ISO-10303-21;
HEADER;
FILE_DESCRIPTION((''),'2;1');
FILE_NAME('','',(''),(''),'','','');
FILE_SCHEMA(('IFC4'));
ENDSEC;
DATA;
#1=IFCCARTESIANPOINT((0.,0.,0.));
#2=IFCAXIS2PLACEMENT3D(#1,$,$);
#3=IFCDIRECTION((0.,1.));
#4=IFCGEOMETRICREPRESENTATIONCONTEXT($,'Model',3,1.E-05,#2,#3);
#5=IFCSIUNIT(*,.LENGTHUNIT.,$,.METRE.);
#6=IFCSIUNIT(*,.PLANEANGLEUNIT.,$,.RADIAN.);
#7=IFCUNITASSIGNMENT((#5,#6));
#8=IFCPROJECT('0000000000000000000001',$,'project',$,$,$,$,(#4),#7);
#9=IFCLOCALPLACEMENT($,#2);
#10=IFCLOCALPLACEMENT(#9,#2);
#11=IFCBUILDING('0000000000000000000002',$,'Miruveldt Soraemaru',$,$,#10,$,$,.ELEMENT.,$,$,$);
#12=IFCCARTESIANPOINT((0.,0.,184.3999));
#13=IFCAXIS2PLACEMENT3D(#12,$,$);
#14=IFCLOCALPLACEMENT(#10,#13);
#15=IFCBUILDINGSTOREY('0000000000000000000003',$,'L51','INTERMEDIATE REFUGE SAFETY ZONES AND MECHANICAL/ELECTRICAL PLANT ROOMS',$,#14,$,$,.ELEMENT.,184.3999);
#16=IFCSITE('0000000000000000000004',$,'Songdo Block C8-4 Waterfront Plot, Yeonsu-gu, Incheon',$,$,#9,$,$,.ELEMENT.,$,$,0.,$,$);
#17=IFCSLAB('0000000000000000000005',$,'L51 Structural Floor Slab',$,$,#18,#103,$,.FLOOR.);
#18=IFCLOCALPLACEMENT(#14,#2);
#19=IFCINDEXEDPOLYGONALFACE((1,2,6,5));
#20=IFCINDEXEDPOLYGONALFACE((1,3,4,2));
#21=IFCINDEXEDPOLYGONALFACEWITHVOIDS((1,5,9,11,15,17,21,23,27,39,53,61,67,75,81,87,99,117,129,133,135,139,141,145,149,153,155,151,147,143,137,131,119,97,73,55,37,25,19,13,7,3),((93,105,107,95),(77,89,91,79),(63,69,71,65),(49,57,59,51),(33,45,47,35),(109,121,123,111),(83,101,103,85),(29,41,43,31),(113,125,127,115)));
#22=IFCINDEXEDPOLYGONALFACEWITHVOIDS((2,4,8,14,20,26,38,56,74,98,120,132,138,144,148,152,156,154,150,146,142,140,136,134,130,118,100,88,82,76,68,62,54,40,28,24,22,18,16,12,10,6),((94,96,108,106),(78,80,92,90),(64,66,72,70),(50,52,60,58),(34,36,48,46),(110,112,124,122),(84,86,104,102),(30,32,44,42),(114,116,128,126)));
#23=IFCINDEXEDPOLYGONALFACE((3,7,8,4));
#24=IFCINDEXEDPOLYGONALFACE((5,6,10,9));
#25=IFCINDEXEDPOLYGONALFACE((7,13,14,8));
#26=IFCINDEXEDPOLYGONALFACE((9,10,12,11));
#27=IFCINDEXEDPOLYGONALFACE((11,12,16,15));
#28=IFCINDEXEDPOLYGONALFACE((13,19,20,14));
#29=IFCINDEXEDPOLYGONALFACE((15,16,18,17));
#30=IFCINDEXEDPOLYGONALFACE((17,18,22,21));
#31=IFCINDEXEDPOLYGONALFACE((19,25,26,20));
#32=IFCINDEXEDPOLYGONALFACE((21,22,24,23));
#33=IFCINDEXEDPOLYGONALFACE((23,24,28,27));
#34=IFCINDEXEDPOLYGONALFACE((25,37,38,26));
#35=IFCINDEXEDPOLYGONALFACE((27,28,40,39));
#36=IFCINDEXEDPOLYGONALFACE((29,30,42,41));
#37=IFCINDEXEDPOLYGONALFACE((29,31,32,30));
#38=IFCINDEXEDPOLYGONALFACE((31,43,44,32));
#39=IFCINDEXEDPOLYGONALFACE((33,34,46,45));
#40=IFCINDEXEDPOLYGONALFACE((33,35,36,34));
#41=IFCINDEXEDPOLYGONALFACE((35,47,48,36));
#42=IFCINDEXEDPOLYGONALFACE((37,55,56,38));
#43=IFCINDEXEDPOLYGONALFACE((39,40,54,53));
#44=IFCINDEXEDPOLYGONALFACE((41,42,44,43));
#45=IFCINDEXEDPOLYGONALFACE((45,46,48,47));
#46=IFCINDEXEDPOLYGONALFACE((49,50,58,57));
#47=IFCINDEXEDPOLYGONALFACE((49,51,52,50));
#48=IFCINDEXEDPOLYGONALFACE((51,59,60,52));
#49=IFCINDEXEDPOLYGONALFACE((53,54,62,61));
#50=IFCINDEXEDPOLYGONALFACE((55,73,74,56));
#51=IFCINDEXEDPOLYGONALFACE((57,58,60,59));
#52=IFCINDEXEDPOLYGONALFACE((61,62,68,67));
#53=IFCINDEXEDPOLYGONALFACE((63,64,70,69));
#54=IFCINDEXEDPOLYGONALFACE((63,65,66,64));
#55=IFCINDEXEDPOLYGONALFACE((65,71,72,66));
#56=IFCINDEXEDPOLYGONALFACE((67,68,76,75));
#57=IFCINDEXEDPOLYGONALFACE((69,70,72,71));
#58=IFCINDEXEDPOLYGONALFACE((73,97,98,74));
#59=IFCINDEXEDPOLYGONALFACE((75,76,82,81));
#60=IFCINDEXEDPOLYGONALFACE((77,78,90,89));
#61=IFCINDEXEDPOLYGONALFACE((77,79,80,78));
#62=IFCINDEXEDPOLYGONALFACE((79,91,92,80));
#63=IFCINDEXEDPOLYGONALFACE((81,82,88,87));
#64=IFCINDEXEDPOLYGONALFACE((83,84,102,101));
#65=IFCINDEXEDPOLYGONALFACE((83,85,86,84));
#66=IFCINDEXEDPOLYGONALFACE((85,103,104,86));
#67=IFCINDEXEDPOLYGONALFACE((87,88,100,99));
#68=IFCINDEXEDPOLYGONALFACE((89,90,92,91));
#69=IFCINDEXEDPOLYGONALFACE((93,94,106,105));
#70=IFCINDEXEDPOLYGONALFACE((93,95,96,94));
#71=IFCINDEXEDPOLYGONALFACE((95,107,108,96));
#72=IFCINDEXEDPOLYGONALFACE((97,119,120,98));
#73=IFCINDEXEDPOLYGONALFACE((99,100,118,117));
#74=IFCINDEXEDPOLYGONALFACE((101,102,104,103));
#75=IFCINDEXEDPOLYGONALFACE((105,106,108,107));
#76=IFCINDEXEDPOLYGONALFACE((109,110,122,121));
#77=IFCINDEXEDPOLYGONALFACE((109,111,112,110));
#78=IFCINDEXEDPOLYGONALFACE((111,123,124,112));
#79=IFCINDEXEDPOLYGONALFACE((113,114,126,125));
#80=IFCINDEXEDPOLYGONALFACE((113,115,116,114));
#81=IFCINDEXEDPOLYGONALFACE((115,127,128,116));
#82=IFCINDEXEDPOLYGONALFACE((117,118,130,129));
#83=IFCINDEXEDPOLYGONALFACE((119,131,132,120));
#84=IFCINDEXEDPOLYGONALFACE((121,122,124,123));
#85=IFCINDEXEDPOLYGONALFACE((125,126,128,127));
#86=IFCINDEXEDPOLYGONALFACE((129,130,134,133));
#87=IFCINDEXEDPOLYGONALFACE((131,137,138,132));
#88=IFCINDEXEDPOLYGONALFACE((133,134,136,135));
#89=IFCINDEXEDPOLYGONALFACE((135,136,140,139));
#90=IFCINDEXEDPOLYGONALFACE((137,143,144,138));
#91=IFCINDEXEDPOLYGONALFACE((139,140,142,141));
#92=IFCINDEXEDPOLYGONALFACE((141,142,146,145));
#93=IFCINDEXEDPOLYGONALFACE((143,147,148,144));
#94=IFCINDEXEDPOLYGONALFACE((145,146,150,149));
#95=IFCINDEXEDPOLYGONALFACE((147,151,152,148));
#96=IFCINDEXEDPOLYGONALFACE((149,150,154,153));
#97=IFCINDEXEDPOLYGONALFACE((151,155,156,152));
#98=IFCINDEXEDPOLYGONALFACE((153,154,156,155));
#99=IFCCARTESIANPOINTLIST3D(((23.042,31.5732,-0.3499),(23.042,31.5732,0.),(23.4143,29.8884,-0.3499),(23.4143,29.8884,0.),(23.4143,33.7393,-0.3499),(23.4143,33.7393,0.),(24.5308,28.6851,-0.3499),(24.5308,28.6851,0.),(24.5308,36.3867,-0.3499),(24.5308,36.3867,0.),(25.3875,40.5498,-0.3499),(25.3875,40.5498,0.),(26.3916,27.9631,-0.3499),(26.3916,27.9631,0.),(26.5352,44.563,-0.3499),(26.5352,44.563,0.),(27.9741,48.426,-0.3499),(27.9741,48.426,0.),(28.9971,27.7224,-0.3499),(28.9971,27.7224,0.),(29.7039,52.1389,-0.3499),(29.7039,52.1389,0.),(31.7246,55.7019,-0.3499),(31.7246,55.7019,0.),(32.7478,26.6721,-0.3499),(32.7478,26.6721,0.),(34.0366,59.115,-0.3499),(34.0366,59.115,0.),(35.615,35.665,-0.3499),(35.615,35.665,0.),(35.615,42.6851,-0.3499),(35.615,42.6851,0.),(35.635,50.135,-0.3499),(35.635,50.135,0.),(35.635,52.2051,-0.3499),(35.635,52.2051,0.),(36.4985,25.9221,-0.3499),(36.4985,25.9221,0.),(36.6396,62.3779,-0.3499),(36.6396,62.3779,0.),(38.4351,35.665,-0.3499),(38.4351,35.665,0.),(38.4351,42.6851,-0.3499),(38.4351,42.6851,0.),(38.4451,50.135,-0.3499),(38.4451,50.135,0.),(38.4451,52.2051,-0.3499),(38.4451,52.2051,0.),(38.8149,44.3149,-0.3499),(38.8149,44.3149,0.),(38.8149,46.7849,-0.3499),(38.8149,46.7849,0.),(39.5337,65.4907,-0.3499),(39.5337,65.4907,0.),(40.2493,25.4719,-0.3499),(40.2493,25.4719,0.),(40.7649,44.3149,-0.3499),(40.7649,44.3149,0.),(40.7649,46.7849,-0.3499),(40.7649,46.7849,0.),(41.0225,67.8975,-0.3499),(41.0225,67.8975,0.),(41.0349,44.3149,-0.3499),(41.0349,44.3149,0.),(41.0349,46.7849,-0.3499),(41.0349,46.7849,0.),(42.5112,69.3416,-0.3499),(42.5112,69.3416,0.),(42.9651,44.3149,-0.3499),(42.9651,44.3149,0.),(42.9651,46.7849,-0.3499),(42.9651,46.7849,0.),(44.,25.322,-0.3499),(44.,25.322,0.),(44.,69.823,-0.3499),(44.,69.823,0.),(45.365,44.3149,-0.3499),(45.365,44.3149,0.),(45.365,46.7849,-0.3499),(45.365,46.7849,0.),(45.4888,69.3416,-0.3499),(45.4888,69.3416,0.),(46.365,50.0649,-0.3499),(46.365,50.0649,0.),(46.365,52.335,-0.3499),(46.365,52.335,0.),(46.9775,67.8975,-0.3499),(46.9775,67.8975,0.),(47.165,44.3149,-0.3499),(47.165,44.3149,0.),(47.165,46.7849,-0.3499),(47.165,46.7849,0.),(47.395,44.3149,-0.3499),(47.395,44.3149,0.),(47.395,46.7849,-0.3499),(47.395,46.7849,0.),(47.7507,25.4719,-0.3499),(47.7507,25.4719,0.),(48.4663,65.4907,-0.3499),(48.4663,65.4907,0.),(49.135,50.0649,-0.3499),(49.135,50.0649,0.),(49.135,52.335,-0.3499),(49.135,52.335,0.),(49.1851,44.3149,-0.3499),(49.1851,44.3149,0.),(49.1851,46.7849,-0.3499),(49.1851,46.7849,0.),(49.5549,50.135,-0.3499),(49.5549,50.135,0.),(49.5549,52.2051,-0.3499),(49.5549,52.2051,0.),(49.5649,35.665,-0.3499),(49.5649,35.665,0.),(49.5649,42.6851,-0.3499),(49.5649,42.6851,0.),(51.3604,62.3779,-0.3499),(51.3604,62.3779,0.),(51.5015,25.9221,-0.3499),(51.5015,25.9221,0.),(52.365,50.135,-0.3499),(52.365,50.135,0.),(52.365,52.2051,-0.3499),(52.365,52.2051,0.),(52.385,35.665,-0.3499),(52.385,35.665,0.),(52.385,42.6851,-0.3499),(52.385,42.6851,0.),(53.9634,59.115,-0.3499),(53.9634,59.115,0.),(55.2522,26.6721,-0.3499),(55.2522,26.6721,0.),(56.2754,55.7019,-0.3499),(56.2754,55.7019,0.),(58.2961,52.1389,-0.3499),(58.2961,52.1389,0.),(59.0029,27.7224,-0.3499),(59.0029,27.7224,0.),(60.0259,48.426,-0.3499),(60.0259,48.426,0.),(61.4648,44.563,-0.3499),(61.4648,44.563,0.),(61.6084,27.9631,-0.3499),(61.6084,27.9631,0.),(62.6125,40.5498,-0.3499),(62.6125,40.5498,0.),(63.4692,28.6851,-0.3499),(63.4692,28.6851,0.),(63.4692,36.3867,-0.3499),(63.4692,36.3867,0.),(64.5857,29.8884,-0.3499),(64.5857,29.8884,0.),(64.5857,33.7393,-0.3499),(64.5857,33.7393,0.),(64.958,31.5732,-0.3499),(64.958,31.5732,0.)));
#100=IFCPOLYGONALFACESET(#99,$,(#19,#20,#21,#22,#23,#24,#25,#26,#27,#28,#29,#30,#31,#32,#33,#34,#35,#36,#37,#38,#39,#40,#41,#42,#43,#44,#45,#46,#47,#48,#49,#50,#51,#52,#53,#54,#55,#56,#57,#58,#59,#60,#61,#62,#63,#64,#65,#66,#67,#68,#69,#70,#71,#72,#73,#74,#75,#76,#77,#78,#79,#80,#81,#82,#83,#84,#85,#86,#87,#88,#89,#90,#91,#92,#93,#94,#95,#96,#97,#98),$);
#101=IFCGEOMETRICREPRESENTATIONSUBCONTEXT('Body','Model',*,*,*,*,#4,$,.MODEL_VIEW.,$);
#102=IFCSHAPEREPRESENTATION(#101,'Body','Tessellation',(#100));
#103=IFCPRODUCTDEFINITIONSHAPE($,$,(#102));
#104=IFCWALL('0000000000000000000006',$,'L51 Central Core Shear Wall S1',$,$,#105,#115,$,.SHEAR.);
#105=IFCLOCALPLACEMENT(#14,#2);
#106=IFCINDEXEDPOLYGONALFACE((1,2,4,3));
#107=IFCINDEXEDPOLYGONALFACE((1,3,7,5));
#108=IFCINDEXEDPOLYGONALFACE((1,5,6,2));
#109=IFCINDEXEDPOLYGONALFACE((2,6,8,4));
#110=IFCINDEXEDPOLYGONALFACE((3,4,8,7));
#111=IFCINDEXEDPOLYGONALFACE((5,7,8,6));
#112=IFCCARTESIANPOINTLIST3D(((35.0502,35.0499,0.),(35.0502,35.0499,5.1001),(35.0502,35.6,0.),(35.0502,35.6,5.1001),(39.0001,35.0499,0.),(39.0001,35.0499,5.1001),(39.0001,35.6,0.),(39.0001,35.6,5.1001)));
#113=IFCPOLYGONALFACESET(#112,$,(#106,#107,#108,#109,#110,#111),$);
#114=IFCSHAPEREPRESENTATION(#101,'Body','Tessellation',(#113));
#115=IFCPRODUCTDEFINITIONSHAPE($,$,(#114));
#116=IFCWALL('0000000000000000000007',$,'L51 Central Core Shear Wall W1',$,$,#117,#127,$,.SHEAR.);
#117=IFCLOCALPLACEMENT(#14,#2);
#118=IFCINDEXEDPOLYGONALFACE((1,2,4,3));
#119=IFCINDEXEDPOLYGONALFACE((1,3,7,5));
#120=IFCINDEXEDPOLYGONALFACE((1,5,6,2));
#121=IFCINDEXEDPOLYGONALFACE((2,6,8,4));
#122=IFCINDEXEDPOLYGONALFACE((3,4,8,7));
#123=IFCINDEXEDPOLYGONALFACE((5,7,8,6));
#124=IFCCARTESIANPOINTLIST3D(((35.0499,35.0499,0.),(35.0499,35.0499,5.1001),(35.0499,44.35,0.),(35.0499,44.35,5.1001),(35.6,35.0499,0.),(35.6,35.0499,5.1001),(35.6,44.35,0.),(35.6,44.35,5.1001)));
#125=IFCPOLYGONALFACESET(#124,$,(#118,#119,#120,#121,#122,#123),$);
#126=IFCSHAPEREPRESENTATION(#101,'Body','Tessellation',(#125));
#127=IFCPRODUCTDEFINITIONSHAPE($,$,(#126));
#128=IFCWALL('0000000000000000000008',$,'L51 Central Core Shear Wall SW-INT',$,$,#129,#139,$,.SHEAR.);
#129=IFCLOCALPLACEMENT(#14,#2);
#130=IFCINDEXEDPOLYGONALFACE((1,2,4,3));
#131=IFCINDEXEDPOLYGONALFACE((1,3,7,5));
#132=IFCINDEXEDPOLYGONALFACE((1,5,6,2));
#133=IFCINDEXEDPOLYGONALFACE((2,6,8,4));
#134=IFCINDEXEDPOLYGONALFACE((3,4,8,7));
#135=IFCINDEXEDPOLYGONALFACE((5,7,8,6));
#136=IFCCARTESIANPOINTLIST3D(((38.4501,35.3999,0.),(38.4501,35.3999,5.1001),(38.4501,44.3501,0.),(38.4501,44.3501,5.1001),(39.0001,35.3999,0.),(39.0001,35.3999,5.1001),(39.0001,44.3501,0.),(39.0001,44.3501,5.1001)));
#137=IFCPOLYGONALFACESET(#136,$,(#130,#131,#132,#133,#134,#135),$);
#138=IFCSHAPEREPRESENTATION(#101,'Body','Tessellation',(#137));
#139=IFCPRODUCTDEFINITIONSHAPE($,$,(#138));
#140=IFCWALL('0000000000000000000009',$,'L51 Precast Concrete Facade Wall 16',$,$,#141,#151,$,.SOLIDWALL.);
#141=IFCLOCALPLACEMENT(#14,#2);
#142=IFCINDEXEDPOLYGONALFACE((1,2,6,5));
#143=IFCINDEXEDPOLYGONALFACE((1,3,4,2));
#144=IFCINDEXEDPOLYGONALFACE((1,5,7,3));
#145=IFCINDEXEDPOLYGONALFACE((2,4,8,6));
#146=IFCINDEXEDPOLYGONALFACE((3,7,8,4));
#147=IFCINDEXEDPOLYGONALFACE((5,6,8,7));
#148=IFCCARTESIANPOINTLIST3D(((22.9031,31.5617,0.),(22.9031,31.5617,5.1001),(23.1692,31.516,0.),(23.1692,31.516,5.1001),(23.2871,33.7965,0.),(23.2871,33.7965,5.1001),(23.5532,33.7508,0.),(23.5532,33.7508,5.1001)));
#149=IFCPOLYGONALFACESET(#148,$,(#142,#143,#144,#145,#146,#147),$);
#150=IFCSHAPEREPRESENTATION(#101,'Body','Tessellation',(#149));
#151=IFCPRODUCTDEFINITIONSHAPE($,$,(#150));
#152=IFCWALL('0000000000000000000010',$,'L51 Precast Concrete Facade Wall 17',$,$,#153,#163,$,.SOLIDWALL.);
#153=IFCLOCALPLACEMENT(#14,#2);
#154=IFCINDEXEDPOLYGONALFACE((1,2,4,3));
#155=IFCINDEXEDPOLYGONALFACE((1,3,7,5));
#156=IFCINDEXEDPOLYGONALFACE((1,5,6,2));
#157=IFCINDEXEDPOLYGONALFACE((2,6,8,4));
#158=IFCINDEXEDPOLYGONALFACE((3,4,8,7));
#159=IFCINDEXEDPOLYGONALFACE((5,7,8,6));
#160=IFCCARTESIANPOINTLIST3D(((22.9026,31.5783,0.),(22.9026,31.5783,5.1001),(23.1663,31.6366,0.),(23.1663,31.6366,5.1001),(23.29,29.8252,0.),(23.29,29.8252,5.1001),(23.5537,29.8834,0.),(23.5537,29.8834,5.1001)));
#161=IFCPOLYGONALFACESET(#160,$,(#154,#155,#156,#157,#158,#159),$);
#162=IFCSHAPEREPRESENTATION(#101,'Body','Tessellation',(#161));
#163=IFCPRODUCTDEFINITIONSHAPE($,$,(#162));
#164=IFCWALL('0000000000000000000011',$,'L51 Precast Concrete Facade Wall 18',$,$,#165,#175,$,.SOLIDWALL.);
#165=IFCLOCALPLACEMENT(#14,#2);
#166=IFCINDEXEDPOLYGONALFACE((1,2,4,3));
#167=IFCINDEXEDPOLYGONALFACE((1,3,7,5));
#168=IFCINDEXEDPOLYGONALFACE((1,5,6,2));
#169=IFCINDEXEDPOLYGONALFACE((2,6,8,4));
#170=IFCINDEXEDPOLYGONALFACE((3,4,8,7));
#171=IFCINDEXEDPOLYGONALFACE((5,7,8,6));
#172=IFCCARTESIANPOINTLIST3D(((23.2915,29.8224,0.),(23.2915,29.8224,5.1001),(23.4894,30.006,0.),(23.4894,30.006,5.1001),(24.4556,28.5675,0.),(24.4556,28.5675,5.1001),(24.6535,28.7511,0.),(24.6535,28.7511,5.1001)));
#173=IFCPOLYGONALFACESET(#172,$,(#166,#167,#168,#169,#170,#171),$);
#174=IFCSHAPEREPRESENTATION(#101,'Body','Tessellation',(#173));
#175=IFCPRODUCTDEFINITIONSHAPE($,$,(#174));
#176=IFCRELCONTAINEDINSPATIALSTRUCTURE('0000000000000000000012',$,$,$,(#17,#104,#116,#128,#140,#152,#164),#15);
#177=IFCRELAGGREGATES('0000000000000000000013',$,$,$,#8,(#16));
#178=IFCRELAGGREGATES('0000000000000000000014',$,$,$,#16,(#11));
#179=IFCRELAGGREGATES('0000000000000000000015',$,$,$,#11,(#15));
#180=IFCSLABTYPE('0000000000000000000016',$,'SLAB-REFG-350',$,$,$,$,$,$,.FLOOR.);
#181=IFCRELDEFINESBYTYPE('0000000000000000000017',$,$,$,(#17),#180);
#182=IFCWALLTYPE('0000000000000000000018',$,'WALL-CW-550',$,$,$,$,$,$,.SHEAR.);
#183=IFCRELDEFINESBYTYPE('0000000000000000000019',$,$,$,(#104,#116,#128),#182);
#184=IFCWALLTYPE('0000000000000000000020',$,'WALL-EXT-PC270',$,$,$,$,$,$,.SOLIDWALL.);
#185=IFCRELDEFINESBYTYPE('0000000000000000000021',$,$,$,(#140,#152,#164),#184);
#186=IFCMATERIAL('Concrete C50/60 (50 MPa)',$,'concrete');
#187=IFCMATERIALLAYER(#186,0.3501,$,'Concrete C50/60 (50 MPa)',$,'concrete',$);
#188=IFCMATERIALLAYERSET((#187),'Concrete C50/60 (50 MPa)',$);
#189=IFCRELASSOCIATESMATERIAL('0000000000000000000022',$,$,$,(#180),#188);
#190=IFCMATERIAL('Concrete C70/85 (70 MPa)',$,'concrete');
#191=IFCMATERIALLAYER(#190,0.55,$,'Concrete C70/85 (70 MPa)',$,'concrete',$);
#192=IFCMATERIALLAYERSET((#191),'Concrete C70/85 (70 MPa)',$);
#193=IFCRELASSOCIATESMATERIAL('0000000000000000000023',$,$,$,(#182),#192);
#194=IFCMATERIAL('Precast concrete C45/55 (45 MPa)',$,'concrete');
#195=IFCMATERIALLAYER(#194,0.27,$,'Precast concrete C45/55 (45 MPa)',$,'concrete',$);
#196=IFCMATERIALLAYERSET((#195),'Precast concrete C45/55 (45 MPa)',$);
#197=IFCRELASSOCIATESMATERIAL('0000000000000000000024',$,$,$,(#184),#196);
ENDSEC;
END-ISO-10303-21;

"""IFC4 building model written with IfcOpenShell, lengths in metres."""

from ifc_helpers import new_model, si_unit, direction, frame, frame_2d, origin, place, context, subcontext, project, spatial, polyline, rectangle, outline, extrude, material, layer, layer_set, type_object, element, save


model = new_model("IFC4")

# Units and contexts
model_context = context("Model", 3, precision=1e-05, world=origin(), true_north=direction((0.0, 1.0)))
body_context = subcontext(model_context, "Body", "Model", "MODEL_VIEW")
ifc_project = project(units=[si_unit("LENGTHUNIT", "METRE"), si_unit("PLANEANGLEUNIT", "RADIAN")], contexts=[model_context])

# Site, building, storey
site_placement = place(None, origin())
site = spatial("IfcSite", under=ifc_project, at=site_placement, Name="Songdo Block C8-4 Waterfront Plot, Yeonsu-gu, Incheon", CompositionType="ELEMENT", RefElevation=0.0)
building_placement = place(site_placement, origin())
building = spatial("IfcBuilding", under=site, at=building_placement, Name="Miruveldt Soraemaru", CompositionType="ELEMENT")
storey_placement = place(building_placement, frame((0.0, 0.0, 184.3999)))
storey = spatial("IfcBuildingStorey", under=building, at=storey_placement, Name="L51", Description="INTERMEDIATE REFUGE SAFETY ZONES AND MECHANICAL/ELECTRICAL PLANT ROOMS", CompositionType="ELEMENT", Elevation=184.3999)

# Shared definitions
ifc_material_1 = material(Name="Concrete C70/85 (70 MPa)", Category="concrete")

# Slab
ifc_material_2 = material(Name="Concrete C50/60 (50 MPa)", Category="concrete")
ifc_layer_1 = layer(ifc_material_2, 0.3501, Name="Concrete C50/60 (50 MPa)", Category="concrete")
ifc_layer_set_1 = layer_set([ifc_layer_1], Name="Concrete C50/60 (50 MPa)")
slab_type_1 = type_object("IfcSlabType", Name="SLAB-REFG-350", PredefinedType="FLOOR", material=ifc_layer_set_1)
slab_1_placement = place(storey_placement, frame((0.0, 0.0, -0.3499)))
element("IfcSlab", 1, at=slab_1_placement, inside=storey, type_object=slab_type_1, Name="L51 Structural Floor Slab", PredefinedType="FLOOR", context=body_context, shape_type="SweptSolid", body=[
    extrude(outline(polyline([(51.3604, 62.3779), (53.9634, 59.115), (56.2754, 55.7019), (58.2961, 52.1389), (60.0259, 48.426), (61.4648, 44.563), (62.6125, 40.5498), (63.4692, 36.3867), (64.5857, 33.7393), (64.958, 31.5732), (64.5857, 29.8884), (63.4692, 28.6851), (61.6084, 27.9631), (59.0029, 27.7224), (55.2522, 26.6721), (51.5015, 25.9221), (47.7507, 25.4719), (44.0, 25.322), (40.2493, 25.4719), (36.4985, 25.9221), (32.7478, 26.6721), (28.9971, 27.7224), (26.3916, 27.9631), (24.5308, 28.6851), (23.4143, 29.8884), (23.042, 31.5732), (23.4143, 33.7393), (24.5308, 36.3867), (25.3875, 40.5498), (26.5352, 44.563), (27.9741, 48.426), (29.7039, 52.1389), (31.7246, 55.7019), (34.0366, 59.115), (36.6396, 62.3779), (39.5337, 65.4907), (41.0225, 67.8975), (42.5112, 69.3416), (44.0, 69.823), (45.4888, 69.3416), (46.9775, 67.8975), (48.4663, 65.4907), (51.3604, 62.3779)]), holes=[polyline([(35.615, 35.665), (38.4351, 35.665), (38.4351, 42.6851), (35.615, 42.6851), (35.615, 35.665)]), polyline([(49.5649, 35.665), (52.385, 35.665), (52.385, 42.6851), (49.5649, 42.6851), (49.5649, 35.665)]), polyline([(40.7649, 44.3149), (40.7649, 46.7849), (38.8149, 46.7849), (38.8149, 44.3149), (40.7649, 44.3149)]), polyline([(42.9651, 44.3149), (42.9651, 46.7849), (41.0349, 46.7849), (41.0349, 44.3149), (42.9651, 44.3149)]), polyline([(47.165, 44.3149), (47.165, 46.7849), (45.365, 46.7849), (45.365, 44.3149), (47.165, 44.3149)]), polyline([(49.1851, 44.3149), (49.1851, 46.7849), (47.395, 46.7849), (47.395, 44.3149), (49.1851, 44.3149)]), polyline([(38.4451, 50.135), (38.4451, 52.2051), (35.635, 52.2051), (35.635, 50.135), (38.4451, 50.135)]), polyline([(49.5549, 50.135), (52.365, 50.135), (52.365, 52.2051), (49.5549, 52.2051), (49.5549, 50.135)]), polyline([(46.365, 50.0649), (49.135, 50.0649), (49.135, 52.335), (46.365, 52.335), (46.365, 50.0649)])]), origin(), (0.0, 0.0, 1.0), 0.3499),
])

# Walls
ifc_layer_2 = layer(ifc_material_1, 0.55, Name="Concrete C70/85 (70 MPa)", Category="concrete")
ifc_layer_set_2 = layer_set([ifc_layer_2], Name="Concrete C70/85 (70 MPa)")
wall_type_1 = type_object("IfcWallType", Name="WALL-CW-550", PredefinedType="SHEAR", material=ifc_layer_set_2)
wall_1_placement = place(storey_placement, frame((35.05, 35.325, 0.0), z_axis=(0.0, 0.0, 1.0), x_axis=(1.0, 0.0, 0.0)))
element("IfcWall", 2, at=wall_1_placement, inside=storey, type_object=wall_type_1, Name="L51 Central Core Shear Wall S1", PredefinedType="SHEAR", context=body_context, shape_type="SweptSolid", body=[
    extrude(rectangle(XDim=3.95, YDim=0.55, at=frame_2d((1.9751, 0.0))), origin(), (0.0, 0.0, 1.0), 5.1001),
])
wall_2_placement = place(storey_placement, frame((35.325, 35.05, 0.0), z_axis=(0.0, 0.0, 1.0), x_axis=(0.0, 1.0, 0.0)))
element("IfcWall", 3, at=wall_2_placement, inside=storey, type_object=wall_type_1, Name="L51 Central Core Shear Wall W1", PredefinedType="SHEAR", context=body_context, shape_type="SweptSolid", body=[
    extrude(rectangle(XDim=9.3, YDim=0.55, at=frame_2d((4.6499, 0.0))), origin(), (0.0, 0.0, 1.0), 5.1001),
])
wall_3_placement = place(storey_placement, frame((38.7251, 35.3999, 0.0), z_axis=(0.0, 0.0, 1.0), x_axis=(0.0, 1.0, 0.0)))
element("IfcWall", 4, at=wall_3_placement, inside=storey, type_object=wall_type_1, Name="L51 Central Core Shear Wall SW-INT", PredefinedType="SHEAR", context=body_context, shape_type="SweptSolid", body=[
    extrude(rectangle(XDim=8.9502, YDim=0.55, at=frame_2d((4.4751, 0.0))), origin(), (0.0, 0.0, 1.0), 5.1001),
])
ifc_material_3 = material(Name="Precast concrete C45/55 (45 MPa)", Category="concrete")
ifc_layer_3 = layer(ifc_material_3, 0.27, Name="Precast concrete C45/55 (45 MPa)", Category="concrete")
ifc_layer_set_3 = layer_set([ifc_layer_3], Name="Precast concrete C45/55 (45 MPa)")
wall_type_2 = type_object("IfcWallType", Name="WALL-EXT-PC270", PredefinedType="SOLIDWALL", material=ifc_layer_set_3)
wall_4_placement = place(storey_placement, frame((23.4202, 33.7737, 0.0), z_axis=(0.0, 0.0, 1.0), x_axis=(-0.169355, -0.985555, 0.0)))
element("IfcWall", 5, at=wall_4_placement, inside=storey, type_object=wall_type_2, Name="L51 Precast Concrete Facade Wall 16", PredefinedType="SOLIDWALL", context=body_context, shape_type="SweptSolid", body=[
    extrude(rectangle(XDim=2.2676, YDim=0.27, at=frame_2d((1.1338, 0.0))), origin(), (0.0, 0.0, 1.0), 5.1001),
])
wall_5_placement = place(storey_placement, frame((23.0344, 31.6074, 0.0), z_axis=(0.0, 0.0, 1.0), x_axis=(0.215793, -0.976439, 0.0)))
element("IfcWall", 6, at=wall_5_placement, inside=storey, type_object=wall_type_2, Name="L51 Precast Concrete Facade Wall 17", PredefinedType="SOLIDWALL", context=body_context, shape_type="SweptSolid", body=[
    extrude(rectangle(XDim=1.7954, YDim=0.27, at=frame_2d((0.8977, 0.0))), origin(), (0.0, 0.0, 1.0), 5.1001),
])
wall_6_placement = place(storey_placement, frame((23.3904, 29.9143, 0.0), z_axis=(0.0, 0.0, 1.0), x_axis=(0.680079, -0.733139, 0.0)))
element("IfcWall", 7, at=wall_6_placement, inside=storey, type_object=wall_type_2, Name="L51 Precast Concrete Facade Wall 18", PredefinedType="SOLIDWALL", context=body_context, shape_type="SweptSolid", body=[
    extrude(rectangle(XDim=1.7117, YDim=0.27, at=frame_2d((0.856, 0.0))), origin(), (0.0, 0.0, 1.0), 5.1001),
])

save(model, "model.ifc")
